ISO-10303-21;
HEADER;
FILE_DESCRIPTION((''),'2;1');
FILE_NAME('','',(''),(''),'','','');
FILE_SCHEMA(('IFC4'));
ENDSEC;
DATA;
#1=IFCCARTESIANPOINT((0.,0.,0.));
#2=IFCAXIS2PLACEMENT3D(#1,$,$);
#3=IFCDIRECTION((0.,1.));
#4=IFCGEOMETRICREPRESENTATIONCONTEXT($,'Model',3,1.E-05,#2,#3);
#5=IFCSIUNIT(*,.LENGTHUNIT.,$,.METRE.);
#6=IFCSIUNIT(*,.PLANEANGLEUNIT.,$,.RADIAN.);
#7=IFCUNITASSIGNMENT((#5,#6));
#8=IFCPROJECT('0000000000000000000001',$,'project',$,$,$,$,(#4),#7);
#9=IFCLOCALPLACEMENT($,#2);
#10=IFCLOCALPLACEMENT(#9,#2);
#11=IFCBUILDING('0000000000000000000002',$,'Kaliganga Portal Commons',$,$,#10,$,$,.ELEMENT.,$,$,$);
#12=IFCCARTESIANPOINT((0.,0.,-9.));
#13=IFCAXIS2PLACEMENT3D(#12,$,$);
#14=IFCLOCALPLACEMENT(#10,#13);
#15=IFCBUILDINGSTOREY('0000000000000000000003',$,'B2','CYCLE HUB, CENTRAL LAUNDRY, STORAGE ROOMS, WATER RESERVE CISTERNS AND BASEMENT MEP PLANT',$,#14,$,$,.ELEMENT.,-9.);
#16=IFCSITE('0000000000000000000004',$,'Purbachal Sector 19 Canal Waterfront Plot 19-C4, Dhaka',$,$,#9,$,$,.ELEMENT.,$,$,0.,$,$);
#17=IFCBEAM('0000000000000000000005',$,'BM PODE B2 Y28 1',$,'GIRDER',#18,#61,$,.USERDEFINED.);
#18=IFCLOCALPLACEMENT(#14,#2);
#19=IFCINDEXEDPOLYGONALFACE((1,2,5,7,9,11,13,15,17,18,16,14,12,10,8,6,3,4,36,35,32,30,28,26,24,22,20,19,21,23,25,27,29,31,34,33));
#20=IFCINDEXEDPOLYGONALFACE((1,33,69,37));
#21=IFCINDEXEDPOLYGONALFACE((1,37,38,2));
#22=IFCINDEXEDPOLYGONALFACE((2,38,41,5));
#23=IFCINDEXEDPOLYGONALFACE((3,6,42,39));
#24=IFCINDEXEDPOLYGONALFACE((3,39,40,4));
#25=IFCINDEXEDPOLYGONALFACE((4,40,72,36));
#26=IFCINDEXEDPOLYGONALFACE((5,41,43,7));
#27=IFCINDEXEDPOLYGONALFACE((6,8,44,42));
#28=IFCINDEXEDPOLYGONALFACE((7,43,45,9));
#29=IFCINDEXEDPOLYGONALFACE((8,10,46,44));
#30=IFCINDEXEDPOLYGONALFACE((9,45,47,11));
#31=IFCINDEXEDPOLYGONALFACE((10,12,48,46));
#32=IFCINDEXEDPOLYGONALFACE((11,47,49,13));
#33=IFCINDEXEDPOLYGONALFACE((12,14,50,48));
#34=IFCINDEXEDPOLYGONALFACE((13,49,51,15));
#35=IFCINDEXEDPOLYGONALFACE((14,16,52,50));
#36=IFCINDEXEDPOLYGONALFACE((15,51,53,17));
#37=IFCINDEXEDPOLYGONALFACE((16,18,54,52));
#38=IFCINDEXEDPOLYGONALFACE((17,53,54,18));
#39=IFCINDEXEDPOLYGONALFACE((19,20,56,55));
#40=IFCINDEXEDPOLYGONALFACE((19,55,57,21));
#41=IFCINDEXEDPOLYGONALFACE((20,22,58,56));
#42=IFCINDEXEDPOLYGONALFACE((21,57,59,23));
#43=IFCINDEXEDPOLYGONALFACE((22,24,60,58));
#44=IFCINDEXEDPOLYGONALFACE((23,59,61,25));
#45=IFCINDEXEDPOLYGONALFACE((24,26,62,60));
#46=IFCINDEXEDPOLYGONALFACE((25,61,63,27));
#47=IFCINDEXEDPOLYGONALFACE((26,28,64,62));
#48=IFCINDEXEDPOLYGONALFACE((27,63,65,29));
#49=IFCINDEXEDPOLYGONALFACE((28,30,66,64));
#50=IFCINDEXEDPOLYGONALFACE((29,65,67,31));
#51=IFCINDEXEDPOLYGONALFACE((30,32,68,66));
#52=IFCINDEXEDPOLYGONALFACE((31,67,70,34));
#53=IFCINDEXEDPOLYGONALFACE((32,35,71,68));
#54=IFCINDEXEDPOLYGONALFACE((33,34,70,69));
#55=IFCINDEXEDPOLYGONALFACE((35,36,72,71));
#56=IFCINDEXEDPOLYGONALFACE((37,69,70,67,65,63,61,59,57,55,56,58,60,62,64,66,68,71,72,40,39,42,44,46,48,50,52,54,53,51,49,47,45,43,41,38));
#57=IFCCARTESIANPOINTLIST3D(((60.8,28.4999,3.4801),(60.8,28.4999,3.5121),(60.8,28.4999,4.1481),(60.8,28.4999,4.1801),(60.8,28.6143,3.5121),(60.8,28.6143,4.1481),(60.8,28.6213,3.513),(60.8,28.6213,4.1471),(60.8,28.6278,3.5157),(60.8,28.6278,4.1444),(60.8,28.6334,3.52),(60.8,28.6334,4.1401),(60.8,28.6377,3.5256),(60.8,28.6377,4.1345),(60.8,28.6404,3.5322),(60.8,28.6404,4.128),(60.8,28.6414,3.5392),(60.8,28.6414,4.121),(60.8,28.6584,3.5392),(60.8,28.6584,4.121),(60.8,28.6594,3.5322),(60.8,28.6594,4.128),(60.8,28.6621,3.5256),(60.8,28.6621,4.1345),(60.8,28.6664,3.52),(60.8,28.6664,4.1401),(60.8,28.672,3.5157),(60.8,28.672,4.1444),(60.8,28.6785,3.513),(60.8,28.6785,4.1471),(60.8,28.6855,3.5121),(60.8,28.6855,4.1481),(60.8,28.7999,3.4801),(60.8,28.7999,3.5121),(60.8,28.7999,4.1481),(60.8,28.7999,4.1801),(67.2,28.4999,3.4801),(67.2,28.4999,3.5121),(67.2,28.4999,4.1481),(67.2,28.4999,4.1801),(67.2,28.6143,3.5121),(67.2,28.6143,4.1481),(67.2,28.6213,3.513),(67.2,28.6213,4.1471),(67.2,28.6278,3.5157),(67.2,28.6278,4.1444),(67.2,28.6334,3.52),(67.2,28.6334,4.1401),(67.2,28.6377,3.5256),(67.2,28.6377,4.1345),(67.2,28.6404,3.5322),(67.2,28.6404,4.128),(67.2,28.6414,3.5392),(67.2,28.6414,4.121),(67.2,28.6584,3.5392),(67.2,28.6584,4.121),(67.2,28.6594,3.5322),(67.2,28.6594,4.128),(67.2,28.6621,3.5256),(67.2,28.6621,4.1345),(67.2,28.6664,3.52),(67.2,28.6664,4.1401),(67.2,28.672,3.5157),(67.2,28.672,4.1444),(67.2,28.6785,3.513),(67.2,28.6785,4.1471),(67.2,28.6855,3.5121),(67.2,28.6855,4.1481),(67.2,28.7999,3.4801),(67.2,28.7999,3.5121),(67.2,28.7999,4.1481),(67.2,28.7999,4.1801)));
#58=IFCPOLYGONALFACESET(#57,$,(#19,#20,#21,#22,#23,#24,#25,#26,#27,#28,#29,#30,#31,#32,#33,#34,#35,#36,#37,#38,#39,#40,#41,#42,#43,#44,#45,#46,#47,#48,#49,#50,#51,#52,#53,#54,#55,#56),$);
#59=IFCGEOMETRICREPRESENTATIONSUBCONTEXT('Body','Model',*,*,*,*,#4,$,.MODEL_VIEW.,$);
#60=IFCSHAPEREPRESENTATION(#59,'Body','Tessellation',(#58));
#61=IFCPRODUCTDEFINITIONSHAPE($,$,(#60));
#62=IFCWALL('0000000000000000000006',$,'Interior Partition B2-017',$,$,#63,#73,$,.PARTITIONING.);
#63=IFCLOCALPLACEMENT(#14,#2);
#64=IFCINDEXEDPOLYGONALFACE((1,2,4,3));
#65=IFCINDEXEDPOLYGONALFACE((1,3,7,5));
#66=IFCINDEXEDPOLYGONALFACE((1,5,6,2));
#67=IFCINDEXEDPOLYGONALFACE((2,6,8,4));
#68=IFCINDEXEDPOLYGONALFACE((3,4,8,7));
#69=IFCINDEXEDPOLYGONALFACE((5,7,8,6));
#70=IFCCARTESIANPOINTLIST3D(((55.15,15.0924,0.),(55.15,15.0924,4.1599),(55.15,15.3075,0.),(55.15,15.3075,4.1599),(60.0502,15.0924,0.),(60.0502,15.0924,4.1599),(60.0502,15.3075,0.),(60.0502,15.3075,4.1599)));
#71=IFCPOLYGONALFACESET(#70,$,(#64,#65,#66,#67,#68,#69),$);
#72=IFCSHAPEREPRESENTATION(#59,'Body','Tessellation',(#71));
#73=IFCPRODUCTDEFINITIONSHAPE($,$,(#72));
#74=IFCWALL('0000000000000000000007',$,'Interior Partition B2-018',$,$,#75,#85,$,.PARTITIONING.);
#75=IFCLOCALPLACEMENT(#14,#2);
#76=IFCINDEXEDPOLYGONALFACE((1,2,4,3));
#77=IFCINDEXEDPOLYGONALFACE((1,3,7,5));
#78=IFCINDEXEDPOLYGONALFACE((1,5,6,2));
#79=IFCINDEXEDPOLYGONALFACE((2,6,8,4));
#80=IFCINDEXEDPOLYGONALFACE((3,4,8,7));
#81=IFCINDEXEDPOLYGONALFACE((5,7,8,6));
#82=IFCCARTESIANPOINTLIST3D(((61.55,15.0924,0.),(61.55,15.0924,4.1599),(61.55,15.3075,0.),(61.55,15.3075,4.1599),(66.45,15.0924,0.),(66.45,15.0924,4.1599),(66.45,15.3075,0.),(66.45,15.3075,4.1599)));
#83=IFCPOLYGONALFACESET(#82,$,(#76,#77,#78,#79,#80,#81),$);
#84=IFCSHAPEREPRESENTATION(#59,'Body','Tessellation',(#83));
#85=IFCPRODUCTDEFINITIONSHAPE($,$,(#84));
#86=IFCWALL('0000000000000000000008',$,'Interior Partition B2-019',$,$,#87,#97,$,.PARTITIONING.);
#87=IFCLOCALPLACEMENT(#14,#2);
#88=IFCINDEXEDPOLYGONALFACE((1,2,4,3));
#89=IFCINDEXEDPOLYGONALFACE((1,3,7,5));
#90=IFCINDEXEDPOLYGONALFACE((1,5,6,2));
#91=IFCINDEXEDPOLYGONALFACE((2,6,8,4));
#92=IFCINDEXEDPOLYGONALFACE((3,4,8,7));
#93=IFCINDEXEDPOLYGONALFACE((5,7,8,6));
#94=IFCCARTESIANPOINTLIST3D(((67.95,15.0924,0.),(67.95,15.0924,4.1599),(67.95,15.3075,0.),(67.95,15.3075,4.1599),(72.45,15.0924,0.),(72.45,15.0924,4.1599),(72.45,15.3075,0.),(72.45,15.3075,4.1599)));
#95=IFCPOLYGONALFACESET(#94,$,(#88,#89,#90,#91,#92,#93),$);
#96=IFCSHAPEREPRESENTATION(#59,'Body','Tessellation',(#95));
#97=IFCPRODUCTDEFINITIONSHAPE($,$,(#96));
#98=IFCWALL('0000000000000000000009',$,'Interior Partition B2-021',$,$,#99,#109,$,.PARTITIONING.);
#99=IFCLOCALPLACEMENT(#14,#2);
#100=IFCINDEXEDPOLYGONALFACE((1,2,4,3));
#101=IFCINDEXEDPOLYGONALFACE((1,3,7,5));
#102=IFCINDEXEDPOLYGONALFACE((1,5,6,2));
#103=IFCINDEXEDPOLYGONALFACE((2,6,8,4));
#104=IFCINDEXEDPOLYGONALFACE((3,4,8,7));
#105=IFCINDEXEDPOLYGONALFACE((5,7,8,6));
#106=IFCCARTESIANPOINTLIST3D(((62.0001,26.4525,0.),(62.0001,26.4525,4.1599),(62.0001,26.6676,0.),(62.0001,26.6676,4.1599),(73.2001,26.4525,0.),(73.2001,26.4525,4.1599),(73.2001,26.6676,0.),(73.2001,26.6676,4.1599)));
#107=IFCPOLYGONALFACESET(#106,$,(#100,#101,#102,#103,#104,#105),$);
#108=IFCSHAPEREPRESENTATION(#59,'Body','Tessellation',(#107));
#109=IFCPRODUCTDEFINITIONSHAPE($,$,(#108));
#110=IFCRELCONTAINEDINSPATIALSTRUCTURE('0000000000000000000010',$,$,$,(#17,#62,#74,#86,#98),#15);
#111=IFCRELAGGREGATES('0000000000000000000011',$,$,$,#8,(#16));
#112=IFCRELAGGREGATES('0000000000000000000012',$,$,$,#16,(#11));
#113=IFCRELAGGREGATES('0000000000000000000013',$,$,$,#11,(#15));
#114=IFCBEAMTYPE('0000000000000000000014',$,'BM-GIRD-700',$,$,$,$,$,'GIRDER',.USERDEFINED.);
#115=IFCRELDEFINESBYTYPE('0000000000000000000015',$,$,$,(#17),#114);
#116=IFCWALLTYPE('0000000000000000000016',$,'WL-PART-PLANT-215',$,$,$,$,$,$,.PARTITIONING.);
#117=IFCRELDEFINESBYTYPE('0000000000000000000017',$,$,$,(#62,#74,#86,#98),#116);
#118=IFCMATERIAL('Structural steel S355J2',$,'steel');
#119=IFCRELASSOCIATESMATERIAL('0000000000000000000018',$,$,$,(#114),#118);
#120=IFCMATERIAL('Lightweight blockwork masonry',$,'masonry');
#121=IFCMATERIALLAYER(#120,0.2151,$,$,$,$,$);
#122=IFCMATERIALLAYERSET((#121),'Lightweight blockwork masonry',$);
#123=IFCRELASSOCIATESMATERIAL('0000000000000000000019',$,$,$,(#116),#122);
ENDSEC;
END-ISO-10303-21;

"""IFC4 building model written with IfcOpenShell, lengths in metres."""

from ifc_helpers import new_model, si_unit, direction, frame, frame_2d, origin, origin_2d, place, context, subcontext, project, spatial, rectangle, i_section, extrude, source, transform, mapped, material, layer, layer_set, material_profile, profile_set, type_object, element, save


model = new_model("IFC4")

# Units and contexts
model_context = context("Model", 3, precision=1e-05, world=origin(), true_north=direction((0.0, 1.0)))
body_context = subcontext(model_context, "Body", "Model", "MODEL_VIEW")
ifc_project = project(units=[si_unit("LENGTHUNIT", "METRE"), si_unit("PLANEANGLEUNIT", "RADIAN")], contexts=[model_context])

# Site, building, storey
site_placement = place(None, origin())
site = spatial("IfcSite", under=ifc_project, at=site_placement, Name="Purbachal Sector 19 Canal Waterfront Plot 19-C4, Dhaka", CompositionType="ELEMENT", RefElevation=0.0)
building_placement = place(site_placement, origin())
building = spatial("IfcBuilding", under=site, at=building_placement, Name="Kaliganga Portal Commons", CompositionType="ELEMENT")
storey_placement = place(building_placement, frame((0.0, 0.0, -9.0)))
storey = spatial("IfcBuildingStorey", under=building, at=storey_placement, Name="B2", Description="CYCLE HUB, CENTRAL LAUNDRY, STORAGE ROOMS, WATER RESERVE CISTERNS AND BASEMENT MEP PLANT", CompositionType="ELEMENT", Elevation=-9.0)

# Beam
ifc_material_1 = material(Name="Structural steel S355J2", Category="steel")
ifc_material_profile_1 = material_profile(ifc_material_1, i_section(OverallWidth=0.3, OverallDepth=0.7, WebThickness=0.0171, FlangeThickness=0.032, FilletRadius=0.0271, at=origin_2d()), Name="HE 700 B")
ifc_profile_set_1 = profile_set([ifc_material_profile_1], Name="Structural steel S355J2 wide-flange")
beam_type_1 = type_object("IfcBeamType", Name="BM-GIRD-700", ElementType="GIRDER", PredefinedType="USERDEFINED", material=ifc_profile_set_1)
shared_shape_1 = source(origin(), body_context, "Body", "SweptSolid", [
    extrude(i_section(OverallWidth=0.3, OverallDepth=0.7, WebThickness=0.0171, FlangeThickness=0.032, FilletRadius=0.0271, at=origin_2d()), origin(), (0.0, 0.0, 1.0), 6.3999),
])
for number, where, z_axis, x_axis, name in (
    (1, (60.8, 28.6499, 3.8301), (1.0, 0.0, 0.0), (0.0, 1.0, 0.0), "BM PODE B2 Y28 1"),
):
    element("IfcBeam", number, at=place(storey_placement, frame(where, z_axis=z_axis, x_axis=x_axis)), inside=storey, type_object=beam_type_1, Name=name, ObjectType="GIRDER", PredefinedType="USERDEFINED", context=body_context, shape_type="MappedRepresentation", body=[
        mapped(shared_shape_1, transform((0.0, 0.0, 0.0), x_axis=(1.0, 0.0, 0.0), y_axis=(0.0, 1.0, 0.0), z_axis=(0.0, 0.0, 1.0), scale=1.0)),
    ])

# Walls
ifc_material_2 = material(Name="Lightweight blockwork masonry", Category="masonry")
ifc_layer = layer(ifc_material_2, 0.2151)
ifc_layer_set = layer_set([ifc_layer], Name="Lightweight blockwork masonry")
wall_type = type_object("IfcWallType", Name="WL-PART-PLANT-215", PredefinedType="PARTITIONING", material=ifc_layer_set)
wall_1_placement = place(storey_placement, frame((55.1499, 15.2, 0.0), z_axis=(0.0, 0.0, 1.0), x_axis=(1.0, 0.0, 0.0)))
element("IfcWall", 2, at=wall_1_placement, inside=storey, type_object=wall_type, Name="Interior Partition B2-017", PredefinedType="PARTITIONING", context=body_context, shape_type="SweptSolid", body=[
    extrude(rectangle(XDim=4.9001, YDim=0.2151, at=frame_2d((2.4502, 0.0))), origin(), (0.0, 0.0, 1.0), 4.1599),
])
wall_2_placement = place(storey_placement, frame((61.55, 15.2, 0.0), z_axis=(0.0, 0.0, 1.0), x_axis=(1.0, 0.0, 0.0)))
element("IfcWall", 3, at=wall_2_placement, inside=storey, type_object=wall_type, Name="Interior Partition B2-018", PredefinedType="PARTITIONING", context=body_context, shape_type="SweptSolid", body=[
    extrude(rectangle(XDim=4.8999, YDim=0.2151, at=frame_2d((2.45, 0.0))), origin(), (0.0, 0.0, 1.0), 4.1599),
])
wall_3_placement = place(storey_placement, frame((67.95, 15.2, 0.0), z_axis=(0.0, 0.0, 1.0), x_axis=(1.0, 0.0, 0.0)))
element("IfcWall", 4, at=wall_3_placement, inside=storey, type_object=wall_type, Name="Interior Partition B2-019", PredefinedType="PARTITIONING", context=body_context, shape_type="SweptSolid", body=[
    extrude(rectangle(XDim=4.5, YDim=0.2151, at=frame_2d((2.25, 0.0))), origin(), (0.0, 0.0, 1.0), 4.1599),
])
wall_4_placement = place(storey_placement, frame((62.0, 26.5601, 0.0), z_axis=(0.0, 0.0, 1.0), x_axis=(1.0, 0.0, 0.0)))
element("IfcWall", 5, at=wall_4_placement, inside=storey, type_object=wall_type, Name="Interior Partition B2-021", PredefinedType="PARTITIONING", context=body_context, shape_type="SweptSolid", body=[
    extrude(rectangle(XDim=11.2, YDim=0.2151, at=frame_2d((5.6001, 0.0))), origin(), (0.0, 0.0, 1.0), 4.1599),
])

save(model, "model.ifc")
